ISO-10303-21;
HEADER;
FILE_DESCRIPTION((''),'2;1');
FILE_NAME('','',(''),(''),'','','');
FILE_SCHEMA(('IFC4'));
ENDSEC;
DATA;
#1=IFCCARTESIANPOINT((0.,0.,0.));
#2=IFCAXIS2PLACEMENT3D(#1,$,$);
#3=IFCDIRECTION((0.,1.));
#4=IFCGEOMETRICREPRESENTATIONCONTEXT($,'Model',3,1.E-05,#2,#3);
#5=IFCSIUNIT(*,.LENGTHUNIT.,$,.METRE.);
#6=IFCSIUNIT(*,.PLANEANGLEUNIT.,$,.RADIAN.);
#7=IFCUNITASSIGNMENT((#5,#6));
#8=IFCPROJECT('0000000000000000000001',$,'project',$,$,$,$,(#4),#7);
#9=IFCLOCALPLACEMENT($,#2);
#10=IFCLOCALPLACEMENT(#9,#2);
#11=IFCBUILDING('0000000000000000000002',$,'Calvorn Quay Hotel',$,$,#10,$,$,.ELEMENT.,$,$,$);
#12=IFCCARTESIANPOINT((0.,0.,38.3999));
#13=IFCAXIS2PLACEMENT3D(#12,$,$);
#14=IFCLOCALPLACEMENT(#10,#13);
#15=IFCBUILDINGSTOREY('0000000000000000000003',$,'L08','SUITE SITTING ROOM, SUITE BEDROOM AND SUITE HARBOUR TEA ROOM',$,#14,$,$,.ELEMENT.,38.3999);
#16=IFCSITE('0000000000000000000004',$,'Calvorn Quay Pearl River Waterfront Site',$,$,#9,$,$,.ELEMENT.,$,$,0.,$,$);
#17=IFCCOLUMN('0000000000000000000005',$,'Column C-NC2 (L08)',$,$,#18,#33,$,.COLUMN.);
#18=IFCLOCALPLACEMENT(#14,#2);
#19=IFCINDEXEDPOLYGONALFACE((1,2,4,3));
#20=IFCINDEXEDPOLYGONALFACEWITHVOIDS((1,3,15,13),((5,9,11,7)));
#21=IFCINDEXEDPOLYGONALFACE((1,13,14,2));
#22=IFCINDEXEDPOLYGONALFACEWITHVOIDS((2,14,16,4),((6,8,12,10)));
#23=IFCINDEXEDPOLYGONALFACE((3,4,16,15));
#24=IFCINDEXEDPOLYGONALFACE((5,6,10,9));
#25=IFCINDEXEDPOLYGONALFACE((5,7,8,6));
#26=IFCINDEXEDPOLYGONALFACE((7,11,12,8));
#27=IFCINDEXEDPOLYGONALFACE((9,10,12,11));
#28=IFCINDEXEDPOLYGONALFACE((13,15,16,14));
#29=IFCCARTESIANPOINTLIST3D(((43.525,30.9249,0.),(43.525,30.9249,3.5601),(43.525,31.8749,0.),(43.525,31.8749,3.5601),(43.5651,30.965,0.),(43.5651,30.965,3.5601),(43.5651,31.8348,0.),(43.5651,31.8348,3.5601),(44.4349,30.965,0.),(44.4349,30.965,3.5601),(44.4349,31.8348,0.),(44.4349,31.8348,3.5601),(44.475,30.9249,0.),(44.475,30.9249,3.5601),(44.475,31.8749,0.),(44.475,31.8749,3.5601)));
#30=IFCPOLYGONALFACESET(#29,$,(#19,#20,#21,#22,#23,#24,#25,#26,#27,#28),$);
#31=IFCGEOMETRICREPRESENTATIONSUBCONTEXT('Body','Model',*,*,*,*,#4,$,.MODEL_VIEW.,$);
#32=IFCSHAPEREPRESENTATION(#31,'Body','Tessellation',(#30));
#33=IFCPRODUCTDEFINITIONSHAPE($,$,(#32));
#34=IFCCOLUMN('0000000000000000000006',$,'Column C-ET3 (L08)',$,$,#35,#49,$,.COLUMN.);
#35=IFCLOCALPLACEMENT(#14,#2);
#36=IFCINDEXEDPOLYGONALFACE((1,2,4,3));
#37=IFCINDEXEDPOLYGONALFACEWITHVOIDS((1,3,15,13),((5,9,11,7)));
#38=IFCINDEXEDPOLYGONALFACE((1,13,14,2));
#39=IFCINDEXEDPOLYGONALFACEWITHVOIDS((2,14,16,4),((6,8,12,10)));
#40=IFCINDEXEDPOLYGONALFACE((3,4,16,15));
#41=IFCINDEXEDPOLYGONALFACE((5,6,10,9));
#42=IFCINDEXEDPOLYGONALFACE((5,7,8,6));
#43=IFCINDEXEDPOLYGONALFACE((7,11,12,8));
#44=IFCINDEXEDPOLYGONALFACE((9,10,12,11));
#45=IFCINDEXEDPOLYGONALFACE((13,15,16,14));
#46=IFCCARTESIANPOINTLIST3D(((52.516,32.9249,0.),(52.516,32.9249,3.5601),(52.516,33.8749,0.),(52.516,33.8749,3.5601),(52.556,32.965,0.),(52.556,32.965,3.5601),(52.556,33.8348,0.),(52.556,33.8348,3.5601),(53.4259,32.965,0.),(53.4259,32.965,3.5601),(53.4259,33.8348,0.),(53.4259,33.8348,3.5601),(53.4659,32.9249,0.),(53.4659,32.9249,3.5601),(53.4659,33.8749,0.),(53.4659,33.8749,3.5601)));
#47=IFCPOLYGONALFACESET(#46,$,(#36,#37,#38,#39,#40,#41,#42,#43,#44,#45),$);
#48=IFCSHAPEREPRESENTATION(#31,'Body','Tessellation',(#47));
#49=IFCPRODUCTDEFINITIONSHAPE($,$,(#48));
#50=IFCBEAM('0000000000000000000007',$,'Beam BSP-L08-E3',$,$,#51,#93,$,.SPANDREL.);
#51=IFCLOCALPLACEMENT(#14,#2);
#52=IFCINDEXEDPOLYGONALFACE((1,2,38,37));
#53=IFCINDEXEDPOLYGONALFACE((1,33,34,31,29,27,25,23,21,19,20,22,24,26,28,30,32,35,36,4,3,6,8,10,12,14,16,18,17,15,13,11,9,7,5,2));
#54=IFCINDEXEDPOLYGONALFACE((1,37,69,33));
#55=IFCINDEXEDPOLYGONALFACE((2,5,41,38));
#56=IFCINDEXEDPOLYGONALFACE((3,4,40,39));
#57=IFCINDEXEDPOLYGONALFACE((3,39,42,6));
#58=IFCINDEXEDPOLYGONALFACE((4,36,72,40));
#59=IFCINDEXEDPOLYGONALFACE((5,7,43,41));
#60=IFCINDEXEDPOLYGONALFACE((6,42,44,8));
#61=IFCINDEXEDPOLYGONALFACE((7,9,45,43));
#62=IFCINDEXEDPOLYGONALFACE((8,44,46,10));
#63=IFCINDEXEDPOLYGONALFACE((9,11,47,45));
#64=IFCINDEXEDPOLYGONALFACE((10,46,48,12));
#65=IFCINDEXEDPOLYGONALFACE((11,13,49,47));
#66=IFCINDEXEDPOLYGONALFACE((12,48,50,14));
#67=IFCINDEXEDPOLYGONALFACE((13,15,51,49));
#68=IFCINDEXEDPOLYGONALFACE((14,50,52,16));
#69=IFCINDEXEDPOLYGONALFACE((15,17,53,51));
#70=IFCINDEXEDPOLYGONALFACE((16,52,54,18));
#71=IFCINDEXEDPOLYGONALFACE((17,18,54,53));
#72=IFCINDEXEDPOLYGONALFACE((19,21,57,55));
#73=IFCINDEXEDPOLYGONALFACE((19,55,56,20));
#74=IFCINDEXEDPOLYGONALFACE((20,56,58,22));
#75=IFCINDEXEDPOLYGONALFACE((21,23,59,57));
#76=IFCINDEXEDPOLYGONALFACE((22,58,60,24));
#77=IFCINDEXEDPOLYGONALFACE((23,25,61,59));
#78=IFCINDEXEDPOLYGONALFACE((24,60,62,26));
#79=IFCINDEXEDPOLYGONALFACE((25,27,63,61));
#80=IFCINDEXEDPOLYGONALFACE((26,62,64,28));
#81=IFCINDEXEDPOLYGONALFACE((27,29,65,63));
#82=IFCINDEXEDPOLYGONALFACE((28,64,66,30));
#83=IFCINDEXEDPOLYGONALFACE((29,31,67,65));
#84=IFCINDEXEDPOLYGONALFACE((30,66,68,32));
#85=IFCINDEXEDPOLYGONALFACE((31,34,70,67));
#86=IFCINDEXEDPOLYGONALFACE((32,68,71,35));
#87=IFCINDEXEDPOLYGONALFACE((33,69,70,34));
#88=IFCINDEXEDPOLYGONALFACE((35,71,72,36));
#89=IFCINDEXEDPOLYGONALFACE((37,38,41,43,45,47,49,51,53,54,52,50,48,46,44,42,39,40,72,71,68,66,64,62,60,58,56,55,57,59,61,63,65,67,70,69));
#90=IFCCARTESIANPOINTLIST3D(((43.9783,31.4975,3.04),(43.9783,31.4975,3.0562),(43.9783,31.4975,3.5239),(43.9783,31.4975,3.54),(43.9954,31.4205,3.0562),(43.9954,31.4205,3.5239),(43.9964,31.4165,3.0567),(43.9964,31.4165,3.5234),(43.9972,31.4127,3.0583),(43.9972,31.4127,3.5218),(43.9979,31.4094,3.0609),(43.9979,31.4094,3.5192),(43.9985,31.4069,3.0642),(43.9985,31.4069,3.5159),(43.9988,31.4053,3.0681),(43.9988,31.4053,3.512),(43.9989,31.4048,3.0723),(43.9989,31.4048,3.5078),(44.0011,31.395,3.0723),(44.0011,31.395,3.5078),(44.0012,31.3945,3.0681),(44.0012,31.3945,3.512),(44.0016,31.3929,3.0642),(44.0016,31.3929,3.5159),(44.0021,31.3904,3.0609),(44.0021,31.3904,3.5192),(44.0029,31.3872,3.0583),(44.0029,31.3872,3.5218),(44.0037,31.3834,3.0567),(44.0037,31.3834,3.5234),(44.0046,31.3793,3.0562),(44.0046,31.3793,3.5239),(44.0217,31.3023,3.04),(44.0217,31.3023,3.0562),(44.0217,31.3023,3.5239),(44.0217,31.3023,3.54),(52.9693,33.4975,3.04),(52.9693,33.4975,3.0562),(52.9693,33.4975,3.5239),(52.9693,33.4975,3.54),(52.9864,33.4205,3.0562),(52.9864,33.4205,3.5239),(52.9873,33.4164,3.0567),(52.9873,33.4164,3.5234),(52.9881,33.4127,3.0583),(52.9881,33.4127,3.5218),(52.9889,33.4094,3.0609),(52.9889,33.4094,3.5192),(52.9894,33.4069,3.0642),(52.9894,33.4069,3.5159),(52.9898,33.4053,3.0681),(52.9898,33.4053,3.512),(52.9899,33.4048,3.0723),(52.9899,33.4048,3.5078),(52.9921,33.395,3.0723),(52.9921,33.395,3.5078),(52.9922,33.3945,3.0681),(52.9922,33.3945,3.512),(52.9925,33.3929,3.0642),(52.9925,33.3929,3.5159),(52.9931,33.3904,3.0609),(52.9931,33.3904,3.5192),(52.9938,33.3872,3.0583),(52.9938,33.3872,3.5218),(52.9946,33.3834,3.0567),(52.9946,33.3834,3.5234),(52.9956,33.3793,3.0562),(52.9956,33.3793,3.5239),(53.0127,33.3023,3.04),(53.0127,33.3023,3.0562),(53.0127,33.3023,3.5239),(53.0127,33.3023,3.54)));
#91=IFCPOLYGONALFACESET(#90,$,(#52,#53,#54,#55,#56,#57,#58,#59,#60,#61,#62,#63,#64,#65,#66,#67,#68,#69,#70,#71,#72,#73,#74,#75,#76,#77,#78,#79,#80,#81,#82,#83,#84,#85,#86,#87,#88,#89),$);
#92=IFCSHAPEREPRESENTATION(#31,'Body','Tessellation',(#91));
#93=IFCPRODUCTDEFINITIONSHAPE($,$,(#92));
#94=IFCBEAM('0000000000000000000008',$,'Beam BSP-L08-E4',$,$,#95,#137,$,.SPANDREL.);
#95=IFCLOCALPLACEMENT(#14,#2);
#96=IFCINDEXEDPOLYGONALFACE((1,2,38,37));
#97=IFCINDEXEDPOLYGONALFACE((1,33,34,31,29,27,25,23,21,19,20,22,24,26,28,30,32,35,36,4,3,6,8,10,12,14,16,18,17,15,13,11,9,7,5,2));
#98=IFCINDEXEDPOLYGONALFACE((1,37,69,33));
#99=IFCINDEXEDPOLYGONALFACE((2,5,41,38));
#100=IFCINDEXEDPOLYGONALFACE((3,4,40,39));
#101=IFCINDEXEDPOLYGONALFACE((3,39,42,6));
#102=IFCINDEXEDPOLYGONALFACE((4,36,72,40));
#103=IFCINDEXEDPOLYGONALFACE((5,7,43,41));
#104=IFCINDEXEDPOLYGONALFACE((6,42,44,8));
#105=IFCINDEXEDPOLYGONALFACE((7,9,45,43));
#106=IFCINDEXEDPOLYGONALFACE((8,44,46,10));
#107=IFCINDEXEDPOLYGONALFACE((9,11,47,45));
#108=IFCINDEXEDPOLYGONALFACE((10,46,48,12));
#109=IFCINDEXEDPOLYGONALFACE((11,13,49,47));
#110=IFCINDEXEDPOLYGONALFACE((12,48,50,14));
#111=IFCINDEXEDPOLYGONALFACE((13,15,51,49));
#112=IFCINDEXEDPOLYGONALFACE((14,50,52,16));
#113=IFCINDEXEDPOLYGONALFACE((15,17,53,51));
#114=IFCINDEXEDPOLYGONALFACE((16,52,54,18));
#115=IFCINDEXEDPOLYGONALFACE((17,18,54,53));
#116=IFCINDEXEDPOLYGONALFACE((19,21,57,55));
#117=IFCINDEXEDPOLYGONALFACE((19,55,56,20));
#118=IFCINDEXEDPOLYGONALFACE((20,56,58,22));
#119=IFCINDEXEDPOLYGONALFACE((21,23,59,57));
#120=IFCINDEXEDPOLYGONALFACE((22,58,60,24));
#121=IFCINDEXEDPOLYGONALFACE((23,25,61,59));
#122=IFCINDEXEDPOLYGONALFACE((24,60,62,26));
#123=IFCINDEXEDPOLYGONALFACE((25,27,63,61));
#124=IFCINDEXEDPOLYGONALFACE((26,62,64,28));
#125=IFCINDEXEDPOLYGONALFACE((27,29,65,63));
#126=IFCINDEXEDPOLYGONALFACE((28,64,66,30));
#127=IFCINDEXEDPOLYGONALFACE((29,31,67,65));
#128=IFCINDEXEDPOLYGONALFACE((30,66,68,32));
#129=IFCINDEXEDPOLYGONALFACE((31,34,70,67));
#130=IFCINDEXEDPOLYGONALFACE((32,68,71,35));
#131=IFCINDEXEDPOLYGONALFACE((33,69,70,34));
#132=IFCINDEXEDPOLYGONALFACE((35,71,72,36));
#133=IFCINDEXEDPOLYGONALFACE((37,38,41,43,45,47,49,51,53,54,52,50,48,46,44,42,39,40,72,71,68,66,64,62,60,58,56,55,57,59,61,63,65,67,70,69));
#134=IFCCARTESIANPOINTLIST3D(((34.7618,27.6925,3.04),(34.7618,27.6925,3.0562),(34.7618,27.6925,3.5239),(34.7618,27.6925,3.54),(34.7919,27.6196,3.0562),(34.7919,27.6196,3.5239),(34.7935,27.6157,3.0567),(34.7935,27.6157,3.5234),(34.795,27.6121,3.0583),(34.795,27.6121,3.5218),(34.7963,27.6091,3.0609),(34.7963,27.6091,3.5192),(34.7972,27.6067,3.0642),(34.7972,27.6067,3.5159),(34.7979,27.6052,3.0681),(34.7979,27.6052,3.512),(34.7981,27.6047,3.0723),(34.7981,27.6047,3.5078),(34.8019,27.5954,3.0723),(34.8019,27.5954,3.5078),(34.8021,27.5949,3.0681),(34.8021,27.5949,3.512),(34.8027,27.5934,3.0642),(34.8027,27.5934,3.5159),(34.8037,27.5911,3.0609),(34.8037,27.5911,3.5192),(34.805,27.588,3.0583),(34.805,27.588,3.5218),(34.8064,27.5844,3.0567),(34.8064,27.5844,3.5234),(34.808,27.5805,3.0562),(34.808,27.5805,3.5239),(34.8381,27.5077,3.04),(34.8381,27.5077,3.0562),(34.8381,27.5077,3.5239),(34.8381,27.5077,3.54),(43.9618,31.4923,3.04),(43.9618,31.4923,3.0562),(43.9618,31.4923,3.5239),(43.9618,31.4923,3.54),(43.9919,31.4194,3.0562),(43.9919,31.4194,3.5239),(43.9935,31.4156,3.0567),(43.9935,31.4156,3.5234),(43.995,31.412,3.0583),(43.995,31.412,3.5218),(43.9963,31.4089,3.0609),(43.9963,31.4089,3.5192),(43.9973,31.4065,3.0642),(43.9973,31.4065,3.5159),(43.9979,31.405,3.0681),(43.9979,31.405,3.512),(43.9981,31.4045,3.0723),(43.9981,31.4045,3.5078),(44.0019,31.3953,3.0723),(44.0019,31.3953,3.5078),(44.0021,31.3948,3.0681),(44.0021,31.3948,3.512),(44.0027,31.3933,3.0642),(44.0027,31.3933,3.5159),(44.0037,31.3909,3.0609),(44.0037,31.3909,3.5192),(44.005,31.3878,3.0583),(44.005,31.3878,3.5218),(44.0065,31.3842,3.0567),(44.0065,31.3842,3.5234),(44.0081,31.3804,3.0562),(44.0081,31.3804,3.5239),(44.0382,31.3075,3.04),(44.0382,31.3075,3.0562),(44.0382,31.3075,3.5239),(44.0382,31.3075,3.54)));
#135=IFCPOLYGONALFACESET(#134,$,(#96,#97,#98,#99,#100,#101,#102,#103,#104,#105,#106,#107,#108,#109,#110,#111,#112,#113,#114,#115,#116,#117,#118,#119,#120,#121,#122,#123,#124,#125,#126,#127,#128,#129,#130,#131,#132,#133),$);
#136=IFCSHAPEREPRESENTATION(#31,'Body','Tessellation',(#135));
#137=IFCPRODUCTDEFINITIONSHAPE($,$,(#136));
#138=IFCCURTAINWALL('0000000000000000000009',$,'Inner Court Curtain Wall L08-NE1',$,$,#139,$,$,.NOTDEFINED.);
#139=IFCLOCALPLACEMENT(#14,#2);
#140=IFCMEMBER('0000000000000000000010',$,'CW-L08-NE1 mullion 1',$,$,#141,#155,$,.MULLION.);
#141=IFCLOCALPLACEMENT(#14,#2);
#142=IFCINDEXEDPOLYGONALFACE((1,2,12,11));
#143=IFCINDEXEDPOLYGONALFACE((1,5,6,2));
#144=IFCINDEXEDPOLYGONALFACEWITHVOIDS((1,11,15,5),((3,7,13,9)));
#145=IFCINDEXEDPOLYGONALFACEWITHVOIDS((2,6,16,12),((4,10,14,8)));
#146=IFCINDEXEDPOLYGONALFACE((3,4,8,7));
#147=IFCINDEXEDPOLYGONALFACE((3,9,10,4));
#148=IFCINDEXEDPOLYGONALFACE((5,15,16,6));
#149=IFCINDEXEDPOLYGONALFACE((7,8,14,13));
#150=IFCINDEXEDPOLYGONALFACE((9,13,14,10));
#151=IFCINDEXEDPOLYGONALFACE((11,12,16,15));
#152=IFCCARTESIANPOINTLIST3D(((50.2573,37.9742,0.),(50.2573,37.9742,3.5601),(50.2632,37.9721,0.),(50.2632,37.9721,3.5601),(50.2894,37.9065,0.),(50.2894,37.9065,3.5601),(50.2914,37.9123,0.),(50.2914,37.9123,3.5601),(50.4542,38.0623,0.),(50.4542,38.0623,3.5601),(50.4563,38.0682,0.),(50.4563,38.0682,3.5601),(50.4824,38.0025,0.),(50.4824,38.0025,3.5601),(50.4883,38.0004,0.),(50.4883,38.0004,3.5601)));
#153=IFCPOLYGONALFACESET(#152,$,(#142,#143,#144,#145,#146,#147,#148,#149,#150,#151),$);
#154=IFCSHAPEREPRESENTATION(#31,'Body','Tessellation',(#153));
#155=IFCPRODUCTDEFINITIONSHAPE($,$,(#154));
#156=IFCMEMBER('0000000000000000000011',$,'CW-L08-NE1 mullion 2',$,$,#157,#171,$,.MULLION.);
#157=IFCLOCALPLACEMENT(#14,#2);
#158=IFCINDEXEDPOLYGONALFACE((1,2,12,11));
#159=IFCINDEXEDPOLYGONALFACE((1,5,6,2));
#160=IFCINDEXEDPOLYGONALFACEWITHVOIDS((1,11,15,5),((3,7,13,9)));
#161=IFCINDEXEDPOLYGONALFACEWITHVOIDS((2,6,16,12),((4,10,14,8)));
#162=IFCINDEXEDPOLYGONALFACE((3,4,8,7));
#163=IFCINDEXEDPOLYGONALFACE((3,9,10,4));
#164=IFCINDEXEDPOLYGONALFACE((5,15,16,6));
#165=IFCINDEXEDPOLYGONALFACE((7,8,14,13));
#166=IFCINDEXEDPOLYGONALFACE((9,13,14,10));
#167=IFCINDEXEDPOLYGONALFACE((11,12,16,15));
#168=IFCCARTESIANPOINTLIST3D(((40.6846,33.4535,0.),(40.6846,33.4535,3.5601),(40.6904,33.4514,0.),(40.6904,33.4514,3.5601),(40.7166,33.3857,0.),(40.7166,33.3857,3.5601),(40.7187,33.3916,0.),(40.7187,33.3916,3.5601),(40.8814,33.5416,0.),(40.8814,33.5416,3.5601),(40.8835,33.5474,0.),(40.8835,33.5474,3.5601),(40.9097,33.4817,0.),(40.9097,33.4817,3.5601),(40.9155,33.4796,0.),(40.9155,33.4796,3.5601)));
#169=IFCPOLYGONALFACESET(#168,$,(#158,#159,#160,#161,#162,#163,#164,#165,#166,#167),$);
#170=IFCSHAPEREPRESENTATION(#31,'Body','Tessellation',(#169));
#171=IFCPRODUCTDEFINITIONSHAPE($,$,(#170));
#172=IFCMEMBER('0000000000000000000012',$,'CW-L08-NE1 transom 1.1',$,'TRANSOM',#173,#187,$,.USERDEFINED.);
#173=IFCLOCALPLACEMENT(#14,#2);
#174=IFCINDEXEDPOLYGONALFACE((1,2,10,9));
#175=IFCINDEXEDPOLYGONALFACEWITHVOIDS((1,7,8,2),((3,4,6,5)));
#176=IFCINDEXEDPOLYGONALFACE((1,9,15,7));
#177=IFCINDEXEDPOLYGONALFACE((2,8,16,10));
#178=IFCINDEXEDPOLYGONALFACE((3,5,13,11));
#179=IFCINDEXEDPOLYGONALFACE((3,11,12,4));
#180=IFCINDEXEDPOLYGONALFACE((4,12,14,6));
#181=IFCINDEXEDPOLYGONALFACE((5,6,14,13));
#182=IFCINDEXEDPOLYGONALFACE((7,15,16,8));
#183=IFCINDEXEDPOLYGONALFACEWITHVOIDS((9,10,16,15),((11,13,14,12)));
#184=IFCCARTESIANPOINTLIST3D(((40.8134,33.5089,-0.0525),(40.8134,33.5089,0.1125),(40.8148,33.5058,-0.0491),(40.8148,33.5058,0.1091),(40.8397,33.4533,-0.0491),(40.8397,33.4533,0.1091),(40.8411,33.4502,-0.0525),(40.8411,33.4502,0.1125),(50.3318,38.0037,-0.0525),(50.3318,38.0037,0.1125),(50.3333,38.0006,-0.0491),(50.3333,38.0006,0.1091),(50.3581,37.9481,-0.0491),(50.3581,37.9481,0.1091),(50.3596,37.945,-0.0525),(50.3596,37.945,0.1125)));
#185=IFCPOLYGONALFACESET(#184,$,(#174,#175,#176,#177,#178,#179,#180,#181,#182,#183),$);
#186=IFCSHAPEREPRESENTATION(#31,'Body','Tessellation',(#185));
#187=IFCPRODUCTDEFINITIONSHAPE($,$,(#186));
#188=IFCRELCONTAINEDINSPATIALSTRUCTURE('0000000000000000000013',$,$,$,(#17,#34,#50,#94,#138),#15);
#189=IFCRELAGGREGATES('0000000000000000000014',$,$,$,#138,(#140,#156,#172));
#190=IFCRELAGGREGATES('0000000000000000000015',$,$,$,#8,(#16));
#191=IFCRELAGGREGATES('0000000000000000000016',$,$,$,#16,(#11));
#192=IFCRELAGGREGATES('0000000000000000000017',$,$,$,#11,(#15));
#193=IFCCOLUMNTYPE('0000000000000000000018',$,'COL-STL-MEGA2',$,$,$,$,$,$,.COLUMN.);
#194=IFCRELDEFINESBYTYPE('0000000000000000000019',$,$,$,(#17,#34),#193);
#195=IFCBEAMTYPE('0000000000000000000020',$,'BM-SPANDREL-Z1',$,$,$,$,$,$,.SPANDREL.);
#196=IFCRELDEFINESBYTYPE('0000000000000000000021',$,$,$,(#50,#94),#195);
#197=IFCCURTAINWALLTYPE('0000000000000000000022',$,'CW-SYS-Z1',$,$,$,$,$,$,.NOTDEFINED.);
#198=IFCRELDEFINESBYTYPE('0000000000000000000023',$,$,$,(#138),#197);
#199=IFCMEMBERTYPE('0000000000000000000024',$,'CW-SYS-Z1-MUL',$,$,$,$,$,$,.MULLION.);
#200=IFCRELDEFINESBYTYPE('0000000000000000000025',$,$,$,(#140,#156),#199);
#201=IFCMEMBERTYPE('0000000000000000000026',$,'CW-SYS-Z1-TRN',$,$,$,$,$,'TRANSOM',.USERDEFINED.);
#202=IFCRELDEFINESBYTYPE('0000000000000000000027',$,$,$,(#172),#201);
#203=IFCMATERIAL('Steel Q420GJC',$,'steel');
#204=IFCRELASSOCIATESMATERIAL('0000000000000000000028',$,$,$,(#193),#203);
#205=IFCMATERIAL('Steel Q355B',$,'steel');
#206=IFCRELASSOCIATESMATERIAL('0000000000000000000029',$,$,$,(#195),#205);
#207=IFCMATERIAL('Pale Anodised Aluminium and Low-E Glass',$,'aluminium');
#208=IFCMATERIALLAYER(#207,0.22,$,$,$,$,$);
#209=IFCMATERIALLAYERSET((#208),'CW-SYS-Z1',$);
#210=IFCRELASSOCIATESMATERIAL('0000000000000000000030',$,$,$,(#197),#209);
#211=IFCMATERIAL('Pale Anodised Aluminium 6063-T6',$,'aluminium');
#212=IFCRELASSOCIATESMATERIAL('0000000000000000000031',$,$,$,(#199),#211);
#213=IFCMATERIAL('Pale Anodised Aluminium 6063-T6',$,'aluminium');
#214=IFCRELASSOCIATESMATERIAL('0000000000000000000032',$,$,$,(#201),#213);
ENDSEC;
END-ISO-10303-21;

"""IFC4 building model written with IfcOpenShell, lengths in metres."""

from ifc_helpers import new_model, si_unit, direction, frame, origin, origin_2d, place, context, subcontext, project, spatial, hollow_rectangle, i_section, extrude, material, layer, layer_set, material_profile, profile_set, type_object, element, aggregate, save


model = new_model("IFC4")

# Units and contexts
model_context = context("Model", 3, precision=1e-05, world=origin(), true_north=direction((0.0, 1.0)))
body_context = subcontext(model_context, "Body", "Model", "MODEL_VIEW")
ifc_project = project(units=[si_unit("LENGTHUNIT", "METRE"), si_unit("PLANEANGLEUNIT", "RADIAN")], contexts=[model_context])

# Site, building, storey
site_placement = place(None, origin())
site = spatial("IfcSite", under=ifc_project, at=site_placement, Name="Calvorn Quay Pearl River Waterfront Site", CompositionType="ELEMENT", RefElevation=0.0)
building_placement = place(site_placement, origin())
building = spatial("IfcBuilding", under=site, at=building_placement, Name="Calvorn Quay Hotel", CompositionType="ELEMENT")
storey_placement = place(building_placement, frame((0.0, 0.0, 38.3999)))
storey = spatial("IfcBuildingStorey", under=building, at=storey_placement, Name="L08", Description="SUITE SITTING ROOM, SUITE BEDROOM AND SUITE HARBOUR TEA ROOM", CompositionType="ELEMENT", Elevation=38.3999)

# Columns
ifc_material_1 = material(Name="Steel Q420GJC", Category="steel")
ifc_material_profile_1 = material_profile(ifc_material_1, hollow_rectangle(XDim=0.95, YDim=0.95, WallThickness=0.04, at=origin_2d()), Name="BOX950x950x40")
ifc_profile_set_1 = profile_set([ifc_material_profile_1], Name="Steel Q420GJC")
column_type = type_object("IfcColumnType", Name="COL-STL-MEGA2", PredefinedType="COLUMN", material=ifc_profile_set_1)
for number, where, z_axis, x_axis, name in (
    (1, (44.0, 31.3999, 0.0), (0.0, 0.0, 1.0), (1.0, 0.0, 0.0), "Column C-NC2 (L08)"),
    (2, (52.991, 33.3999, 0.0), (0.0, 0.0, 1.0), (1.0, 0.0, 0.0), "Column C-ET3 (L08)"),
):
    element("IfcColumn", number, at=place(storey_placement, frame(where, z_axis=z_axis, x_axis=x_axis)), inside=storey, type_object=column_type, Name=name, PredefinedType="COLUMN", context=body_context, shape_type="SweptSolid", body=[
        extrude(hollow_rectangle(XDim=0.95, YDim=0.95, WallThickness=0.04, at=origin_2d()), origin(), (0.0, 0.0, 1.0), 3.5601),
    ])

# Beams
ifc_material_2 = material(Name="Steel Q355B", Category="steel")
ifc_material_profile_2 = material_profile(ifc_material_2, i_section(OverallWidth=0.2, OverallDepth=0.5, WebThickness=0.01, FlangeThickness=0.0161, FilletRadius=0.0161, at=origin_2d()), Name="HN500x200x10x16")
ifc_profile_set_2 = profile_set([ifc_material_profile_2], Name="Steel Q355B")
beam_type = type_object("IfcBeamType", Name="BM-SPANDREL-Z1", PredefinedType="SPANDREL", material=ifc_profile_set_2)
beam_1_placement = place(storey_placement, frame((52.991, 33.3999, 3.29), z_axis=(-0.976141, -0.217138, 0.0), x_axis=(0.217138, -0.976141, 0.0)))
element("IfcBeam", 3, at=beam_1_placement, inside=storey, type_object=beam_type, Name="Beam BSP-L08-E3", PredefinedType="SPANDREL", context=body_context, shape_type="SweptSolid", body=[
    extrude(i_section(OverallWidth=0.2, OverallDepth=0.5, WebThickness=0.01, FlangeThickness=0.0161, FilletRadius=0.0161, at=origin_2d()), origin(), (0.0, 0.0, 1.0), 9.2107),
])
beam_2_placement = place(storey_placement, frame((44.0, 31.3999, 3.29), z_axis=(-0.924268, -0.381745, 0.0), x_axis=(0.381745, -0.924268, 0.0)))
element("IfcBeam", 4, at=beam_2_placement, inside=storey, type_object=beam_type, Name="Beam BSP-L08-E4", PredefinedType="SPANDREL", context=body_context, shape_type="SweptSolid", body=[
    extrude(i_section(OverallWidth=0.2, OverallDepth=0.5, WebThickness=0.01, FlangeThickness=0.0161, FilletRadius=0.0161, at=origin_2d()), origin(), (0.0, 0.0, 1.0), 9.9539),
])

# Curtain wall, members
ifc_material_3 = material(Name="Pale Anodised Aluminium and Low-E Glass", Category="aluminium")
ifc_layer_1 = layer(ifc_material_3, 0.22)
ifc_layer_set_1 = layer_set([ifc_layer_1], Name="CW-SYS-Z1")
curtain_wall_type = type_object("IfcCurtainWallType", Name="CW-SYS-Z1", PredefinedType="NOTDEFINED", material=ifc_layer_set_1)
curtain_wall_placement = place(storey_placement, origin())
curtain_wall = element("IfcCurtainWall", 5, at=curtain_wall_placement, inside=storey, type_object=curtain_wall_type, Name="Inner Court Curtain Wall L08-NE1", PredefinedType="NOTDEFINED")
ifc_material_4 = material(Name="Pale Anodised Aluminium 6063-T6", Category="aluminium")
ifc_material_profile_3 = material_profile(ifc_material_4, hollow_rectangle(XDim=0.075, YDim=0.22, WallThickness=0.0044, at=origin_2d()), Name="ALU-M220x75x4.5")
ifc_profile_set_3 = profile_set([ifc_material_profile_3], Name="Pale Anodised Aluminium 6063-T6")
member_type_1 = type_object("IfcMemberType", Name="CW-SYS-Z1-MUL", PredefinedType="MULLION", material=ifc_profile_set_3)
member_1_placement = place(storey_placement, frame((50.3728, 37.9873, 0.0), z_axis=(0.0, 0.0, 1.0), x_axis=(0.427006, -0.904249, 0.0)))
member_1 = element("IfcMember", 6, at=member_1_placement, type_object=member_type_1, Name="CW-L08-NE1 mullion 1", PredefinedType="MULLION", context=body_context, shape_type="SweptSolid", body=[
    extrude(hollow_rectangle(XDim=0.075, YDim=0.22, WallThickness=0.0044, at=origin_2d()), origin(), (0.0, 0.0, 1.0), 3.5601),
])
member_2_placement = place(storey_placement, frame((40.8, 33.4666, 0.0), z_axis=(0.0, 0.0, 1.0), x_axis=(0.427006, -0.904249, 0.0)))
member_2 = element("IfcMember", 7, at=member_2_placement, type_object=member_type_1, Name="CW-L08-NE1 mullion 2", PredefinedType="MULLION", context=body_context, shape_type="SweptSolid", body=[
    extrude(hollow_rectangle(XDim=0.075, YDim=0.22, WallThickness=0.0044, at=origin_2d()), origin(), (0.0, 0.0, 1.0), 3.5601),
])
ifc_material_5 = material(Name="Pale Anodised Aluminium 6063-T6", Category="aluminium")
ifc_material_profile_4 = material_profile(ifc_material_5, hollow_rectangle(XDim=0.0649, YDim=0.165, WallThickness=0.0034, at=origin_2d()), Name="ALU-T165x65x3.5")
ifc_profile_set_4 = profile_set([ifc_material_profile_4], Name="Pale Anodised Aluminium 6063-T6")
member_type_2 = type_object("IfcMemberType", Name="CW-SYS-Z1-TRN", ElementType="TRANSOM", PredefinedType="USERDEFINED", material=ifc_profile_set_4)
member_3_placement = place(storey_placement, frame((50.3457, 37.9744, 0.03), z_axis=(-0.904249, -0.427006, 0.0), x_axis=(0.427006, -0.904249, 0.0)))
member_3 = element("IfcMember", 8, at=member_3_placement, type_object=member_type_2, Name="CW-L08-NE1 transom 1.1", ObjectType="TRANSOM", PredefinedType="USERDEFINED", context=body_context, shape_type="SweptSolid", body=[
    extrude(hollow_rectangle(XDim=0.0649, YDim=0.165, WallThickness=0.0034, at=origin_2d()), origin(), (0.0, 0.0, 1.0), 10.5264),
])
aggregate(curtain_wall, [member_1, member_2, member_3])

save(model, "model.ifc")
